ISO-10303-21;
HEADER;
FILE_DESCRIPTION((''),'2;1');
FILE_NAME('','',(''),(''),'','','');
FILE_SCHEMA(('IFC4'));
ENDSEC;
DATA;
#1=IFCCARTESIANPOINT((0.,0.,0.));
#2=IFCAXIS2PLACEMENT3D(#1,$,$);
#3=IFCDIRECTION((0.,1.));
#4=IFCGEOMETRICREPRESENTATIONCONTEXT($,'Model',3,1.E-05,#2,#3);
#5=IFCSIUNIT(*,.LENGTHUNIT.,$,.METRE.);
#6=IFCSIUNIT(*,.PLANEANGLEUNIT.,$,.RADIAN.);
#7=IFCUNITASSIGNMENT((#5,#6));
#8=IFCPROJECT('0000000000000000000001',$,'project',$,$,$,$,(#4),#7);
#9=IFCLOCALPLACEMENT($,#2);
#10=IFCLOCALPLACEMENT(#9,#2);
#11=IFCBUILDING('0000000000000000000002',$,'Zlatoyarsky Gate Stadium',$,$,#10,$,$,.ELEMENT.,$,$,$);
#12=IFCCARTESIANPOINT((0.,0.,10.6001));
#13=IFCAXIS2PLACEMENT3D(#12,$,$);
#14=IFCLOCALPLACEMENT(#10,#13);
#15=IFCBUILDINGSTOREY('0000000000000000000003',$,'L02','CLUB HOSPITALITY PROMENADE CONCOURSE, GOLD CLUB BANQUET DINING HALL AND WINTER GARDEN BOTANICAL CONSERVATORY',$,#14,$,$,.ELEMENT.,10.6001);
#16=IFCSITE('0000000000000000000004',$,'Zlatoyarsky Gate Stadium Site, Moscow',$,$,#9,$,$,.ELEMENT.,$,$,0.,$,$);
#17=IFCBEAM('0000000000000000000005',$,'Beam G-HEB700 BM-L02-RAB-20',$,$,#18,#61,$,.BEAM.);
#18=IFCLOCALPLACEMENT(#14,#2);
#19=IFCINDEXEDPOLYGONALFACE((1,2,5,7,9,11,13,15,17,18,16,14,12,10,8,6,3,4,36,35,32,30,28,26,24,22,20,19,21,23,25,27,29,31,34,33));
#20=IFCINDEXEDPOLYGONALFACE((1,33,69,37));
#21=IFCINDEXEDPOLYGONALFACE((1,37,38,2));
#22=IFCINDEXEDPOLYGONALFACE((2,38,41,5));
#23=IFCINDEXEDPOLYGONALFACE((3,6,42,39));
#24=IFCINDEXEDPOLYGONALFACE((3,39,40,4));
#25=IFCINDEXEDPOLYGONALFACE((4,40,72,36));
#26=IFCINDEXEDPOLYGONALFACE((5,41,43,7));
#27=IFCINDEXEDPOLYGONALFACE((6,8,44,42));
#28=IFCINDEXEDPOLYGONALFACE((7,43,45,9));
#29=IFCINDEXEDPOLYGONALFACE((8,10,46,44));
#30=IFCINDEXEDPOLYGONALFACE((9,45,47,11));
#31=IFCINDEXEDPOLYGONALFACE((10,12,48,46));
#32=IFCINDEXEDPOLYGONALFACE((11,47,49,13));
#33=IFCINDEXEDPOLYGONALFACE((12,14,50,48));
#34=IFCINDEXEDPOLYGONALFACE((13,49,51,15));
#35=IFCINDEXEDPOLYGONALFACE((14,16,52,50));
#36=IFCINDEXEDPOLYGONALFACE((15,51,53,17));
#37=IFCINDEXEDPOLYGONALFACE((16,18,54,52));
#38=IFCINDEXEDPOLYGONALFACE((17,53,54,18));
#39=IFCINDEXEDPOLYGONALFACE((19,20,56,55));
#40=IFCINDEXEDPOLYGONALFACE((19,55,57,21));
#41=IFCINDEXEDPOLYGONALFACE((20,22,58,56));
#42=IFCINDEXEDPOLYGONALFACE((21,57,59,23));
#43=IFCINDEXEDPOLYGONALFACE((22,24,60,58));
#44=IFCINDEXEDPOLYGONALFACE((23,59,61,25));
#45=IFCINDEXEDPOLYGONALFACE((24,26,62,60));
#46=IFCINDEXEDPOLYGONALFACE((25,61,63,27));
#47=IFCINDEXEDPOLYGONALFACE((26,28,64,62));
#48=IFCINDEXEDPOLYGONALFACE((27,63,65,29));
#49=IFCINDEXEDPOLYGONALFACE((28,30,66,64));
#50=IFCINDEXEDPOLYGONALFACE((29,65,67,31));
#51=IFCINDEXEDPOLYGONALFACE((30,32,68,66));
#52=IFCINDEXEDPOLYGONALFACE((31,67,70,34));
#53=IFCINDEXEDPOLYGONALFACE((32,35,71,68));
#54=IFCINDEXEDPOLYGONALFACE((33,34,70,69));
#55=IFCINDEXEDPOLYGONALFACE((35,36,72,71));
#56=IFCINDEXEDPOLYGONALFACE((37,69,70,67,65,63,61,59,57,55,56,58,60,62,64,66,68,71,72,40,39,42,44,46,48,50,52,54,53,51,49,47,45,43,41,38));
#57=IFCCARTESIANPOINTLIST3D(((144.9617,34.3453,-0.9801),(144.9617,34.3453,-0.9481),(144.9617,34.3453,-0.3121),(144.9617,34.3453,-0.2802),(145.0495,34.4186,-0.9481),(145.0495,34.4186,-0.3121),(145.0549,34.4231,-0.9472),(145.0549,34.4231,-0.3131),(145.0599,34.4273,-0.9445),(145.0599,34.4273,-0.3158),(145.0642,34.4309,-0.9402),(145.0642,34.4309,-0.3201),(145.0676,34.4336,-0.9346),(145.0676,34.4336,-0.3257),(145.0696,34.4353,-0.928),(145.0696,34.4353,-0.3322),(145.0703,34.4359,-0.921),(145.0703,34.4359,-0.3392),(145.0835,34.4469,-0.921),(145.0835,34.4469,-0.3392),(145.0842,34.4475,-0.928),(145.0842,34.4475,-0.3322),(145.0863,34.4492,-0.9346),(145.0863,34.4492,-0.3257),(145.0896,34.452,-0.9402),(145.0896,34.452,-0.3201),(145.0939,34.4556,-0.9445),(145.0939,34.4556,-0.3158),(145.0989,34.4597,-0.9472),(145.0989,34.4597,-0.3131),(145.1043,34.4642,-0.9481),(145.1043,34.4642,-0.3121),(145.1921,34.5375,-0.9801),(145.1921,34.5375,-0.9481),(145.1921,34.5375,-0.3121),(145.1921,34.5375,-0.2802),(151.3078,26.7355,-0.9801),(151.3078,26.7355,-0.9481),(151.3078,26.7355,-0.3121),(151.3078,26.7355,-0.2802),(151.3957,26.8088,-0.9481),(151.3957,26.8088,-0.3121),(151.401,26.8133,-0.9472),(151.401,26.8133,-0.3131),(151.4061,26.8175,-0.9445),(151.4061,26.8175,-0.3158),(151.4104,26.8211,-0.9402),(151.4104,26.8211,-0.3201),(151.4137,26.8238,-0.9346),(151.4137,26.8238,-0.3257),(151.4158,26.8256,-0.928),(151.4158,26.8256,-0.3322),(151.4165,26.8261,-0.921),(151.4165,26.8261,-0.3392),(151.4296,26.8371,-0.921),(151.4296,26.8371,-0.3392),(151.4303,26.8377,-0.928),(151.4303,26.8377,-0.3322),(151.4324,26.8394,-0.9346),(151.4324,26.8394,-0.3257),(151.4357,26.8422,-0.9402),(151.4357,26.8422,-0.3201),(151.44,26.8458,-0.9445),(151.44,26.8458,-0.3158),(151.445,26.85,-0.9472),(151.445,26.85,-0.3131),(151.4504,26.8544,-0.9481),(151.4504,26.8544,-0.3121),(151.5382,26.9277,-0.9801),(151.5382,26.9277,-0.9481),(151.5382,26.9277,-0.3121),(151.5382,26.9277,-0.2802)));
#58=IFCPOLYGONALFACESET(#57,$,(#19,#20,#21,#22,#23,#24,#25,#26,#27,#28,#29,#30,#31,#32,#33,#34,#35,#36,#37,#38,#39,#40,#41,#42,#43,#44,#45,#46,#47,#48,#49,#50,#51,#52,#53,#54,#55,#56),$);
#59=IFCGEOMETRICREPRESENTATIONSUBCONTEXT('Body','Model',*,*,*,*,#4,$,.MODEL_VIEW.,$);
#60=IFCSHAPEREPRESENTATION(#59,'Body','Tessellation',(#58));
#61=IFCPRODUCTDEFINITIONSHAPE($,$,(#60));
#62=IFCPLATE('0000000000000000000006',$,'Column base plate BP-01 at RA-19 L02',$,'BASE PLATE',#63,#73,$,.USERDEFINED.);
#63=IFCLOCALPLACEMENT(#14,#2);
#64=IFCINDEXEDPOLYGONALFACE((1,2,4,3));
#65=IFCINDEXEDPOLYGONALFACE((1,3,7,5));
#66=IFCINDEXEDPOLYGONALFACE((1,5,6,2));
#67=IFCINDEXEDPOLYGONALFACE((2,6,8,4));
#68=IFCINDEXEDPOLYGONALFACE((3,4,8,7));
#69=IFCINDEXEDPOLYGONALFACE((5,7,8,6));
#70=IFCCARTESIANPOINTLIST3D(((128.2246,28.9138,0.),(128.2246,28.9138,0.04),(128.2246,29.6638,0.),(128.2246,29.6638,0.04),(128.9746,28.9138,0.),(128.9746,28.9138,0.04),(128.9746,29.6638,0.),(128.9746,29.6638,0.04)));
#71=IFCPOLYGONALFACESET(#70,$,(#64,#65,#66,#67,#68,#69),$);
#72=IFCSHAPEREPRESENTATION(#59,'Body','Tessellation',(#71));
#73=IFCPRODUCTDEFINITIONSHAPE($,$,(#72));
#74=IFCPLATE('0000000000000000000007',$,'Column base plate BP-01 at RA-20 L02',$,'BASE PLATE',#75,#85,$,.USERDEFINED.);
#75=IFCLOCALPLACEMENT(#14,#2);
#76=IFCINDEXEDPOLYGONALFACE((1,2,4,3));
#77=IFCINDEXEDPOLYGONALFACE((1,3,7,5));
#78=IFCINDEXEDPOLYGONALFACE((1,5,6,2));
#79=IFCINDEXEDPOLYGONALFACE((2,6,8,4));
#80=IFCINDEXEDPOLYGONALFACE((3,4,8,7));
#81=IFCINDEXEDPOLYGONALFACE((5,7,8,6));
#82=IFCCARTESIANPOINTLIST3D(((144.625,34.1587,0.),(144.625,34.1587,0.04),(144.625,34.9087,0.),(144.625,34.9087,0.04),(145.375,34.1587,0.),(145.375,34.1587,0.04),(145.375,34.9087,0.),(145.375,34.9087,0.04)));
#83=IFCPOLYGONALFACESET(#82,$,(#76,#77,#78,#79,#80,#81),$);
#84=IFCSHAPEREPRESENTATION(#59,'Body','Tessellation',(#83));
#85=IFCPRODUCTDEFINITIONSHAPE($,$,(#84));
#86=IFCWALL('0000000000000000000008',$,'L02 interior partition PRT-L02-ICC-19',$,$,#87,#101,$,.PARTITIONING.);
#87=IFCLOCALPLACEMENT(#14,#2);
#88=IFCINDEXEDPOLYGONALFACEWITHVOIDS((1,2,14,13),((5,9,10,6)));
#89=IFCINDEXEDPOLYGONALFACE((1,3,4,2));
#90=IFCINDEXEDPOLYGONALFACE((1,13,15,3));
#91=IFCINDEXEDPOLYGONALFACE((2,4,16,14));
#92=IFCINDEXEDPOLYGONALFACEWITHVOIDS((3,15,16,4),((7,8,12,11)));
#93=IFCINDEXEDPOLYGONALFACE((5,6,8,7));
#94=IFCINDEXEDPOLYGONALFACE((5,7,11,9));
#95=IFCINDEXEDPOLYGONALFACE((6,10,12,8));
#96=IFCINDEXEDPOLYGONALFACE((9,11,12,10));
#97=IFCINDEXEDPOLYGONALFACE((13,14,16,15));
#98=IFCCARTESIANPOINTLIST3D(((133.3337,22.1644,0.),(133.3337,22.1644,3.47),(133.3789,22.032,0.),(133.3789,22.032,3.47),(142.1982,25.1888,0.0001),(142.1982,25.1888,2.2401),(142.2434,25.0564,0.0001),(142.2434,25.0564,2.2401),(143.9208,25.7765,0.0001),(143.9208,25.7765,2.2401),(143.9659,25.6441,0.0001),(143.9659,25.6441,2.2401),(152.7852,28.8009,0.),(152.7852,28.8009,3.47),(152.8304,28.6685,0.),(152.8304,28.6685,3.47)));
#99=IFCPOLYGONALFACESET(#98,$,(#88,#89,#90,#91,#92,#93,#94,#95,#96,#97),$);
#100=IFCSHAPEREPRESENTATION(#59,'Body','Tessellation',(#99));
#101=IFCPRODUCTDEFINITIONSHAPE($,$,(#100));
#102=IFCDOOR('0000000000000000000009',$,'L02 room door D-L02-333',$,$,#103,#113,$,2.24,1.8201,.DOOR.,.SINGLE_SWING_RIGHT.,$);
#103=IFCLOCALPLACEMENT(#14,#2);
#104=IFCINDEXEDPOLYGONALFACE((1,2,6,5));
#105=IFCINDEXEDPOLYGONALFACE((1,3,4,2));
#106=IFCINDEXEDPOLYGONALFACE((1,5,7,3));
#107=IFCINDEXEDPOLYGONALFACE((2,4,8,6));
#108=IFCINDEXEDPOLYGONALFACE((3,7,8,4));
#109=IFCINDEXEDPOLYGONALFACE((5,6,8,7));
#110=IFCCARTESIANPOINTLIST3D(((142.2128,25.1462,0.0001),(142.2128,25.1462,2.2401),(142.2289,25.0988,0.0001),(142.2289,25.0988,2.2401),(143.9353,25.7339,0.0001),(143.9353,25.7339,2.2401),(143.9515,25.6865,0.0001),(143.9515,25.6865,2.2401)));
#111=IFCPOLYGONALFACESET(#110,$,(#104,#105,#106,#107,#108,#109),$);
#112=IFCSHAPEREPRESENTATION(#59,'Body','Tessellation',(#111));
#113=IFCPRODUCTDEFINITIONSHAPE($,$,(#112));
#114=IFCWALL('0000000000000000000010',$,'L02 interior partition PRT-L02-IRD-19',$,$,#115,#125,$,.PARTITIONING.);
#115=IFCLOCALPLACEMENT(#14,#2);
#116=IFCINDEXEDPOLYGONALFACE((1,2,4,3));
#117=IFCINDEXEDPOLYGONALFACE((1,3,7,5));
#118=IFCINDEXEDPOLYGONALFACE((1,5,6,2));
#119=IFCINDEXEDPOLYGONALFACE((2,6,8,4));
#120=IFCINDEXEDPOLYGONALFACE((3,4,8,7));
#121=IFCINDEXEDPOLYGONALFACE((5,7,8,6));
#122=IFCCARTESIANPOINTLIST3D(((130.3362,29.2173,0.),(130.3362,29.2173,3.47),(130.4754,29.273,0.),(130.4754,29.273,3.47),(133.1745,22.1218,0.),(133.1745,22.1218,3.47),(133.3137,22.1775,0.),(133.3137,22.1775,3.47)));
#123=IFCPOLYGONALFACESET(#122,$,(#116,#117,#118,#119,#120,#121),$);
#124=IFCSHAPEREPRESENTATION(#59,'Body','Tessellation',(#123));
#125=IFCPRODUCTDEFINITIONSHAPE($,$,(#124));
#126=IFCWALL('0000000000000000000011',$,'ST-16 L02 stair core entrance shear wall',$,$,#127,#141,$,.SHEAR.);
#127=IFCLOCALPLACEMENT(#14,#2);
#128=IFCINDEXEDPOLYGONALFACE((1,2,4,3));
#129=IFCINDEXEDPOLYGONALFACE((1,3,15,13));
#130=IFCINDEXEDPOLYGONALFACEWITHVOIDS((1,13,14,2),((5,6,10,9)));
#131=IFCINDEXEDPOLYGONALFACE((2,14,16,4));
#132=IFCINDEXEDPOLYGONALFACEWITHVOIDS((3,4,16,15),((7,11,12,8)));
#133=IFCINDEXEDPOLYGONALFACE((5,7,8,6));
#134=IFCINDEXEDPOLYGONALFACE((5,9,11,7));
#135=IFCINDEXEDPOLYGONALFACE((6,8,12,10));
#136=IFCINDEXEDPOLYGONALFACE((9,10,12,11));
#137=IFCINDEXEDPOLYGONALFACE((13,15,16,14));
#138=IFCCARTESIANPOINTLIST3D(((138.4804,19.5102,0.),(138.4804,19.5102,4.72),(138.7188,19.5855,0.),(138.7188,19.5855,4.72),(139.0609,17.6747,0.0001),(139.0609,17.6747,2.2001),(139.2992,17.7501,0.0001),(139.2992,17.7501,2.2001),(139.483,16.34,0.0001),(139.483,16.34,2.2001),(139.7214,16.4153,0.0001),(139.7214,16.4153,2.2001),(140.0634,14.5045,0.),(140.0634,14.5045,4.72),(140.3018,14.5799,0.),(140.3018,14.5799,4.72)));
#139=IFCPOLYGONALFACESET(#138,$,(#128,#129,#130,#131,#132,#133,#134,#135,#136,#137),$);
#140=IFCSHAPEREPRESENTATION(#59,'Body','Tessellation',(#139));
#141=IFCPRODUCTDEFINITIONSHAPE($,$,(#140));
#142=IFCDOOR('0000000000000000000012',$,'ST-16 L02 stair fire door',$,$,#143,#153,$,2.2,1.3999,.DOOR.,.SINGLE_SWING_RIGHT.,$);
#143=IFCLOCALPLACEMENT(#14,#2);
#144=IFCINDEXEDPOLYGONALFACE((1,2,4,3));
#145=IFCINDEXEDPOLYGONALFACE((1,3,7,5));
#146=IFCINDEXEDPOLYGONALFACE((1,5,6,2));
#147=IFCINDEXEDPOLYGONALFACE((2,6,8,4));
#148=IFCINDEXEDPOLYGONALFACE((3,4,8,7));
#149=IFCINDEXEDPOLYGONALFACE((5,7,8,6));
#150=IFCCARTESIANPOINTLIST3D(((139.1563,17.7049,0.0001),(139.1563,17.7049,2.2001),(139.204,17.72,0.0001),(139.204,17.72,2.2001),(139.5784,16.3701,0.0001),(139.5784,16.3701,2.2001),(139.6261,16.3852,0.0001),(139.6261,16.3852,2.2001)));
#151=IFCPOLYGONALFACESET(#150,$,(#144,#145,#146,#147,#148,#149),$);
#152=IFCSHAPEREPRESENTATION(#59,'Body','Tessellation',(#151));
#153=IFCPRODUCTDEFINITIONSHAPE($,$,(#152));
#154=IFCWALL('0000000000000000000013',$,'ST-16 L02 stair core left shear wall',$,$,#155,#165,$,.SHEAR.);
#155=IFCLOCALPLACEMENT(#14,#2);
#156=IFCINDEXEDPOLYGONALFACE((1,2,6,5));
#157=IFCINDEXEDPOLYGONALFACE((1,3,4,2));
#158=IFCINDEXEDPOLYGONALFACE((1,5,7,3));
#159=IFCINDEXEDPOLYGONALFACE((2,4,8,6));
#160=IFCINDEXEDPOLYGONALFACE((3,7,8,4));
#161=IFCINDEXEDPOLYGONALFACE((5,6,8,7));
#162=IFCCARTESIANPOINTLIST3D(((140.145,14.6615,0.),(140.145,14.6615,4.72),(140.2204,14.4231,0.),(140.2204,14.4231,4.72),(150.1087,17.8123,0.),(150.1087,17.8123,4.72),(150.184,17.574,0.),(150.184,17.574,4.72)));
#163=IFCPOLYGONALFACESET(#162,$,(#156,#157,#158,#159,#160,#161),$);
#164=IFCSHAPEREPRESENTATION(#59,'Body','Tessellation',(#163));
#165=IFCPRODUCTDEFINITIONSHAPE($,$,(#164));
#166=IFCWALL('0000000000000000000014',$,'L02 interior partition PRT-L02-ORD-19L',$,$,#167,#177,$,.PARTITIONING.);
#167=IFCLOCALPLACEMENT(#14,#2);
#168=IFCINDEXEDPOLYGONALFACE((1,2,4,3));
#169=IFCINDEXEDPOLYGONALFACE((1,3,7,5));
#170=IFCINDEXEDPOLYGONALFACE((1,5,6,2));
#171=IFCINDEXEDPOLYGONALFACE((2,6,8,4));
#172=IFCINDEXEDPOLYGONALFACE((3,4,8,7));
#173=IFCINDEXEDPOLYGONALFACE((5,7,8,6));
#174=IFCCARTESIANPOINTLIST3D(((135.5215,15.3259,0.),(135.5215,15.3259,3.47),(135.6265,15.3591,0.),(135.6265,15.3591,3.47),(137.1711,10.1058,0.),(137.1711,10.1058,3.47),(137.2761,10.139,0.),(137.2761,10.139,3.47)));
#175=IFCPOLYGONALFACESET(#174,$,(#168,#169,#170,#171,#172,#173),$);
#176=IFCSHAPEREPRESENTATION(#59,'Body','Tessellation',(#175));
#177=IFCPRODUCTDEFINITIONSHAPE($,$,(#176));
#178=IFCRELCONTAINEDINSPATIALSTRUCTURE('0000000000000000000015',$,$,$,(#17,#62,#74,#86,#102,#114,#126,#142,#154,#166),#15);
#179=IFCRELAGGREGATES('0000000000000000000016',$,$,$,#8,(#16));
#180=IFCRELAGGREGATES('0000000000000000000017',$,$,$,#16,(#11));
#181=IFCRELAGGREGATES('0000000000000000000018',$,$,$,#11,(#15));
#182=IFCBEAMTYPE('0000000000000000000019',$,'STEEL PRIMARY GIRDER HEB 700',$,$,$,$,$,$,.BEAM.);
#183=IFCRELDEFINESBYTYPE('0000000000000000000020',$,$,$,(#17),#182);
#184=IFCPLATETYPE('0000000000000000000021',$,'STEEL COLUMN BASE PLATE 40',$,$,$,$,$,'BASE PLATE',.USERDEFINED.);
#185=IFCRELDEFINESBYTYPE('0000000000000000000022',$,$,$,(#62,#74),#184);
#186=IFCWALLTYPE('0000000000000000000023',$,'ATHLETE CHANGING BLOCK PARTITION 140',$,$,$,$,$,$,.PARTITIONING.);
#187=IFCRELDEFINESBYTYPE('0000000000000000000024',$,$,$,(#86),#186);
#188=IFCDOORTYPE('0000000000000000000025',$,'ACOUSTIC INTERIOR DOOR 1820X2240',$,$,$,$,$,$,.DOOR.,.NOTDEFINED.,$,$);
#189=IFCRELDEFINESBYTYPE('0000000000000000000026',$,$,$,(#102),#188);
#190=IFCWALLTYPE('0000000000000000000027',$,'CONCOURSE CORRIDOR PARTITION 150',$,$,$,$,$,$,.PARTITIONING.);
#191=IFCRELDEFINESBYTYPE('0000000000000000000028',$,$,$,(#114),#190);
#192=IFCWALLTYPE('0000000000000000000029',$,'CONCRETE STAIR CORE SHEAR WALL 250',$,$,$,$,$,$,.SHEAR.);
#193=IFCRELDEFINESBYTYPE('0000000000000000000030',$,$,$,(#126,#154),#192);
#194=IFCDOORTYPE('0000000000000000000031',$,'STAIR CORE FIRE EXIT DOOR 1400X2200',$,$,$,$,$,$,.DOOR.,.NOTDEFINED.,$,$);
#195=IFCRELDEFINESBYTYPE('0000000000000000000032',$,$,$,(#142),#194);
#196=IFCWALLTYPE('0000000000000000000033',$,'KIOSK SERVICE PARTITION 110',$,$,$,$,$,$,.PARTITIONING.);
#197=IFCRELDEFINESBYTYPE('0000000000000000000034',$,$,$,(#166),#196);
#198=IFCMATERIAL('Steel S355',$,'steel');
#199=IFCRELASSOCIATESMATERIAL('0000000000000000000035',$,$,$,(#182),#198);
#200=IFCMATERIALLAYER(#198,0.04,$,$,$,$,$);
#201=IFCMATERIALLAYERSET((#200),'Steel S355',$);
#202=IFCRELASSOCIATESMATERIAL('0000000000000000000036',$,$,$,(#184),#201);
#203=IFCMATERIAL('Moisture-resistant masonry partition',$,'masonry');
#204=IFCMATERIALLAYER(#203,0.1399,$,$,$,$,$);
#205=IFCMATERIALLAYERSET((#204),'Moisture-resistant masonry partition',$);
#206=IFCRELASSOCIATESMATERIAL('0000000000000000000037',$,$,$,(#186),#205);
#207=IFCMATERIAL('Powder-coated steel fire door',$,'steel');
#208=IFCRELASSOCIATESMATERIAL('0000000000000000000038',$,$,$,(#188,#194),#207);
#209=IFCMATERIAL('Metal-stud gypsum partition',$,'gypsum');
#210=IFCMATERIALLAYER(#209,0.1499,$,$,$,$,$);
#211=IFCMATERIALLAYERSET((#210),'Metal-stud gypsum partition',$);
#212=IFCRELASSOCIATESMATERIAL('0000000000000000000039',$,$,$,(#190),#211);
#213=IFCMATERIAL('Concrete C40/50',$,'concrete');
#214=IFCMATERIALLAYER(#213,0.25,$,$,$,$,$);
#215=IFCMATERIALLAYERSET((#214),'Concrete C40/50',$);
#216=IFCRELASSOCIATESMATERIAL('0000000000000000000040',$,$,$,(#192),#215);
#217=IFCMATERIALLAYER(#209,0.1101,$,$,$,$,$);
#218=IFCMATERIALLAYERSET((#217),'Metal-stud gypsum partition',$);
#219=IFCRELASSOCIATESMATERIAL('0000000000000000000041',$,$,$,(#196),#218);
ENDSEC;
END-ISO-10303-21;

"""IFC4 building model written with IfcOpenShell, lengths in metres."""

from ifc_helpers import new_model, si_unit, direction, frame, frame_2d, origin, origin_2d, place, context, subcontext, project, spatial, rectangle, i_section, extrude, material, layer, layer_set, material_profile, profile_set, type_object, element, fill, save


model = new_model("IFC4")

# Units and contexts
model_context = context("Model", 3, precision=1e-05, world=origin(), true_north=direction((0.0, 1.0)))
body_context = subcontext(model_context, "Body", "Model", "MODEL_VIEW")
ifc_project = project(units=[si_unit("LENGTHUNIT", "METRE"), si_unit("PLANEANGLEUNIT", "RADIAN")], contexts=[model_context])

# Site, building, storey
site_placement = place(None, origin())
site = spatial("IfcSite", under=ifc_project, at=site_placement, Name="Zlatoyarsky Gate Stadium Site, Moscow", CompositionType="ELEMENT", RefElevation=0.0)
building_placement = place(site_placement, origin())
building = spatial("IfcBuilding", under=site, at=building_placement, Name="Zlatoyarsky Gate Stadium", CompositionType="ELEMENT")
storey_placement = place(building_placement, frame((0.0, 0.0, 10.6001)))
storey = spatial("IfcBuildingStorey", under=building, at=storey_placement, Name="L02", Description="CLUB HOSPITALITY PROMENADE CONCOURSE, GOLD CLUB BANQUET DINING HALL AND WINTER GARDEN BOTANICAL CONSERVATORY", CompositionType="ELEMENT", Elevation=10.6001)

# Shared definitions
ifc_material_1 = material(Name="Concrete C40/50", Category="concrete")
ifc_material_2 = material(Name="Steel S355", Category="steel")

# Beam
ifc_material_profile_1 = material_profile(ifc_material_2, i_section(OverallWidth=0.3, OverallDepth=0.7, WebThickness=0.0171, FlangeThickness=0.032, FilletRadius=0.0271, at=origin_2d()), Name="HEB 700")
ifc_profile_set_1 = profile_set([ifc_material_profile_1], Name="Steel S355")
beam_type_1 = type_object("IfcBeamType", Name="STEEL PRIMARY GIRDER HEB 700", PredefinedType="BEAM", material=ifc_profile_set_1)
beam_1_placement = place(storey_placement, frame((145.0769, 34.4414, -0.6301), z_axis=(0.640461, -0.767991, 0.0), x_axis=(0.767991, 0.640461, 0.0)))
element("IfcBeam", 1, at=beam_1_placement, inside=storey, type_object=beam_type_1, Name="Beam G-HEB700 BM-L02-RAB-20", PredefinedType="BEAM", context=body_context, shape_type="SweptSolid", body=[
    extrude(i_section(OverallWidth=0.3, OverallDepth=0.7, WebThickness=0.0171, FlangeThickness=0.032, FilletRadius=0.0271, at=origin_2d()), origin(), (0.0, 0.0, 1.0), 9.9087),
])

# Plates
ifc_layer_1 = layer(ifc_material_2, 0.04)
ifc_layer_set_1 = layer_set([ifc_layer_1], Name="Steel S355")
plate_type = type_object("IfcPlateType", Name="STEEL COLUMN BASE PLATE 40", ElementType="BASE PLATE", PredefinedType="USERDEFINED", material=ifc_layer_set_1)
for number, where, z_axis, x_axis, name in (
    (2, (128.5996, 29.2888, 0.0), (0.0, 0.0, 1.0), (1.0, 0.0, 0.0), "Column base plate BP-01 at RA-19 L02"),
    (3, (145.0, 34.5337, 0.0), (0.0, 0.0, 1.0), (1.0, 0.0, 0.0), "Column base plate BP-01 at RA-20 L02"),
):
    element("IfcPlate", number, at=place(storey_placement, frame(where, z_axis=z_axis, x_axis=x_axis)), inside=storey, type_object=plate_type, Name=name, ObjectType="BASE PLATE", PredefinedType="USERDEFINED", context=body_context, shape_type="SweptSolid", body=[
        extrude(rectangle(XDim=0.75, YDim=0.75, at=origin_2d()), origin(), (0.0, 0.0, 1.0), 0.04),
    ])

# Wall, opening, door
ifc_material_3 = material(Name="Moisture-resistant masonry partition", Category="masonry")
ifc_layer_2 = layer(ifc_material_3, 0.1399)
ifc_layer_set_2 = layer_set([ifc_layer_2], Name="Moisture-resistant masonry partition")
wall_type_1 = type_object("IfcWallType", Name="ATHLETE CHANGING BLOCK PARTITION 140", PredefinedType="PARTITIONING", material=ifc_layer_set_2)
wall_1_placement = place(storey_placement, frame((133.3562, 22.0981, 0.0), z_axis=(0.0, 0.0, 1.0), x_axis=(0.946431, 0.322905, 0.0)))
wall_1 = element("IfcWall", 4, at=wall_1_placement, inside=storey, type_object=wall_type_1, Name="L02 interior partition PRT-L02-ICC-19", PredefinedType="PARTITIONING", context=body_context, shape_type="SweptSolid", body=[
    extrude(rectangle(XDim=20.5525, YDim=0.1399, at=frame_2d((10.2764, 0.0))), origin(), (0.0, 0.0, 1.0), 3.47),
])
opening_1_placement = place(wall_1_placement, frame((9.3662, 0.0, 0.0)))
opening_1 = element("IfcOpeningElement", 5, at=opening_1_placement, cuts=wall_1, PredefinedType="OPENING", context=body_context, shape_type="SweptSolid", body=[
    extrude(rectangle(XDim=1.8201, YDim=2.24, at=frame_2d((0.9102, 1.1201))), frame((0.0, 0.0798, 0.0), z_axis=(0.0, -1.0, 0.0), x_axis=(1.0, 0.0, 0.0)), (0.0, 0.0, 1.0), 0.1599),
])
ifc_material_4 = material(Name="Powder-coated steel fire door", Category="steel")
door_type_1 = type_object("IfcDoorType", Name="ACOUSTIC INTERIOR DOOR 1820X2240", OperationType="NOTDEFINED", PredefinedType="DOOR", material=ifc_material_4)
door_1_placement = place(opening_1_placement, origin())
door_1 = element("IfcDoor", 6, at=door_1_placement, inside=storey, type_object=door_type_1, Name="L02 room door D-L02-333", OperationType="SINGLE_SWING_RIGHT", OverallHeight=2.24, OverallWidth=1.8201, PredefinedType="DOOR", context=body_context, shape_type="SweptSolid", body=[
    extrude(rectangle(XDim=1.8201, YDim=2.24, at=frame_2d((0.9102, 1.1201))), frame((0.0, 0.0249, 0.0), z_axis=(0.0, -1.0, 0.0), x_axis=(1.0, 0.0, 0.0)), (0.0, 0.0, 1.0), 0.05),
])
fill(opening_1, door_1)

# Wall
ifc_material_5 = material(Name="Metal-stud gypsum partition", Category="gypsum")
ifc_layer_3 = layer(ifc_material_5, 0.1499)
ifc_layer_set_3 = layer_set([ifc_layer_3], Name="Metal-stud gypsum partition")
wall_type_2 = type_object("IfcWallType", Name="CONCOURSE CORRIDOR PARTITION 150", PredefinedType="PARTITIONING", material=ifc_layer_set_3)
wall_2_placement = place(storey_placement, frame((130.4058, 29.2451, 0.0), z_axis=(0.0, 0.0, 1.0), x_axis=(0.371413, -0.928468, 0.0)))
element("IfcWall", 7, at=wall_2_placement, inside=storey, type_object=wall_type_2, Name="L02 interior partition PRT-L02-IRD-19", PredefinedType="PARTITIONING", context=body_context, shape_type="SweptSolid", body=[
    extrude(rectangle(XDim=7.6421, YDim=0.1499, at=frame_2d((3.821, 0.0))), origin(), (0.0, 0.0, 1.0), 3.47),
])

# Wall, opening, door
ifc_layer_4 = layer(ifc_material_1, 0.25)
ifc_layer_set_4 = layer_set([ifc_layer_4], Name="Concrete C40/50")
wall_type_3 = type_object("IfcWallType", Name="CONCRETE STAIR CORE SHEAR WALL 250", PredefinedType="SHEAR", material=ifc_layer_set_4)
wall_3_placement = place(storey_placement, frame((138.5996, 19.5479, 0.0), z_axis=(0.0, 0.0, 1.0), x_axis=(0.301527, -0.953457, 0.0)))
wall_3 = element("IfcWall", 8, at=wall_3_placement, inside=storey, type_object=wall_type_3, Name="ST-16 L02 stair core entrance shear wall", PredefinedType="SHEAR", context=body_context, shape_type="SweptSolid", body=[
    extrude(rectangle(XDim=5.25, YDim=0.25, at=frame_2d((2.625, 0.0))), origin(), (0.0, 0.0, 1.0), 4.72),
])
opening_2_placement = place(wall_3_placement, frame((1.925, 0.0, 0.0)))
opening_2 = element("IfcOpeningElement", 9, at=opening_2_placement, cuts=wall_3, PredefinedType="OPENING", context=body_context, shape_type="SweptSolid", body=[
    extrude(rectangle(XDim=1.3999, YDim=2.2, at=frame_2d((0.7, 1.1001))), frame((0.0, 0.135, 0.0), z_axis=(0.0, -1.0, 0.0), x_axis=(1.0, 0.0, 0.0)), (0.0, 0.0, 1.0), 0.27),
])
door_type_2 = type_object("IfcDoorType", Name="STAIR CORE FIRE EXIT DOOR 1400X2200", OperationType="NOTDEFINED", PredefinedType="DOOR", material=ifc_material_4)
door_2_placement = place(opening_2_placement, frame((1.3999, 0.0, 0.0), z_axis=(0.0, 0.0, 1.0), x_axis=(-1.0, 0.0, 0.0)))
door_2 = element("IfcDoor", 10, at=door_2_placement, inside=storey, type_object=door_type_2, Name="ST-16 L02 stair fire door", OperationType="SINGLE_SWING_RIGHT", OverallHeight=2.2, OverallWidth=1.3999, PredefinedType="DOOR", context=body_context, shape_type="SweptSolid", body=[
    extrude(rectangle(XDim=1.3999, YDim=2.2, at=frame_2d((0.7, 1.1001))), frame((0.0, 0.0249, 0.0), z_axis=(0.0, -1.0, 0.0), x_axis=(1.0, 0.0, 0.0)), (0.0, 0.0, 1.0), 0.05),
])
fill(opening_2, door_2)

# Walls
wall_4_placement = place(storey_placement, frame((140.1826, 14.5422, 0.0), z_axis=(0.0, 0.0, 1.0), x_axis=(0.95346, 0.30152, 0.0)))
element("IfcWall", 11, at=wall_4_placement, inside=storey, type_object=wall_type_3, Name="ST-16 L02 stair core left shear wall", PredefinedType="SHEAR", context=body_context, shape_type="SweptSolid", body=[
    extrude(rectangle(XDim=10.45, YDim=0.25, at=frame_2d((5.2251, 0.0))), origin(), (0.0, 0.0, 1.0), 4.72),
])
ifc_layer_5 = layer(ifc_material_5, 0.1101)
ifc_layer_set_5 = layer_set([ifc_layer_5], Name="Metal-stud gypsum partition")
wall_type_4 = type_object("IfcWallType", Name="KIOSK SERVICE PARTITION 110", PredefinedType="PARTITIONING", material=ifc_layer_set_5)
wall_5_placement = place(storey_placement, frame((135.574, 15.3425, 0.0), z_axis=(0.0, 0.0, 1.0), x_axis=(0.301326, -0.953521, 0.0)))
element("IfcWall", 12, at=wall_5_placement, inside=storey, type_object=wall_type_4, Name="L02 interior partition PRT-L02-ORD-19L", PredefinedType="PARTITIONING", context=body_context, shape_type="SweptSolid", body=[
    extrude(rectangle(XDim=5.4746, YDim=0.1101, at=frame_2d((2.7373, 0.0))), origin(), (0.0, 0.0, 1.0), 3.47),
])

save(model, "model.ifc")
